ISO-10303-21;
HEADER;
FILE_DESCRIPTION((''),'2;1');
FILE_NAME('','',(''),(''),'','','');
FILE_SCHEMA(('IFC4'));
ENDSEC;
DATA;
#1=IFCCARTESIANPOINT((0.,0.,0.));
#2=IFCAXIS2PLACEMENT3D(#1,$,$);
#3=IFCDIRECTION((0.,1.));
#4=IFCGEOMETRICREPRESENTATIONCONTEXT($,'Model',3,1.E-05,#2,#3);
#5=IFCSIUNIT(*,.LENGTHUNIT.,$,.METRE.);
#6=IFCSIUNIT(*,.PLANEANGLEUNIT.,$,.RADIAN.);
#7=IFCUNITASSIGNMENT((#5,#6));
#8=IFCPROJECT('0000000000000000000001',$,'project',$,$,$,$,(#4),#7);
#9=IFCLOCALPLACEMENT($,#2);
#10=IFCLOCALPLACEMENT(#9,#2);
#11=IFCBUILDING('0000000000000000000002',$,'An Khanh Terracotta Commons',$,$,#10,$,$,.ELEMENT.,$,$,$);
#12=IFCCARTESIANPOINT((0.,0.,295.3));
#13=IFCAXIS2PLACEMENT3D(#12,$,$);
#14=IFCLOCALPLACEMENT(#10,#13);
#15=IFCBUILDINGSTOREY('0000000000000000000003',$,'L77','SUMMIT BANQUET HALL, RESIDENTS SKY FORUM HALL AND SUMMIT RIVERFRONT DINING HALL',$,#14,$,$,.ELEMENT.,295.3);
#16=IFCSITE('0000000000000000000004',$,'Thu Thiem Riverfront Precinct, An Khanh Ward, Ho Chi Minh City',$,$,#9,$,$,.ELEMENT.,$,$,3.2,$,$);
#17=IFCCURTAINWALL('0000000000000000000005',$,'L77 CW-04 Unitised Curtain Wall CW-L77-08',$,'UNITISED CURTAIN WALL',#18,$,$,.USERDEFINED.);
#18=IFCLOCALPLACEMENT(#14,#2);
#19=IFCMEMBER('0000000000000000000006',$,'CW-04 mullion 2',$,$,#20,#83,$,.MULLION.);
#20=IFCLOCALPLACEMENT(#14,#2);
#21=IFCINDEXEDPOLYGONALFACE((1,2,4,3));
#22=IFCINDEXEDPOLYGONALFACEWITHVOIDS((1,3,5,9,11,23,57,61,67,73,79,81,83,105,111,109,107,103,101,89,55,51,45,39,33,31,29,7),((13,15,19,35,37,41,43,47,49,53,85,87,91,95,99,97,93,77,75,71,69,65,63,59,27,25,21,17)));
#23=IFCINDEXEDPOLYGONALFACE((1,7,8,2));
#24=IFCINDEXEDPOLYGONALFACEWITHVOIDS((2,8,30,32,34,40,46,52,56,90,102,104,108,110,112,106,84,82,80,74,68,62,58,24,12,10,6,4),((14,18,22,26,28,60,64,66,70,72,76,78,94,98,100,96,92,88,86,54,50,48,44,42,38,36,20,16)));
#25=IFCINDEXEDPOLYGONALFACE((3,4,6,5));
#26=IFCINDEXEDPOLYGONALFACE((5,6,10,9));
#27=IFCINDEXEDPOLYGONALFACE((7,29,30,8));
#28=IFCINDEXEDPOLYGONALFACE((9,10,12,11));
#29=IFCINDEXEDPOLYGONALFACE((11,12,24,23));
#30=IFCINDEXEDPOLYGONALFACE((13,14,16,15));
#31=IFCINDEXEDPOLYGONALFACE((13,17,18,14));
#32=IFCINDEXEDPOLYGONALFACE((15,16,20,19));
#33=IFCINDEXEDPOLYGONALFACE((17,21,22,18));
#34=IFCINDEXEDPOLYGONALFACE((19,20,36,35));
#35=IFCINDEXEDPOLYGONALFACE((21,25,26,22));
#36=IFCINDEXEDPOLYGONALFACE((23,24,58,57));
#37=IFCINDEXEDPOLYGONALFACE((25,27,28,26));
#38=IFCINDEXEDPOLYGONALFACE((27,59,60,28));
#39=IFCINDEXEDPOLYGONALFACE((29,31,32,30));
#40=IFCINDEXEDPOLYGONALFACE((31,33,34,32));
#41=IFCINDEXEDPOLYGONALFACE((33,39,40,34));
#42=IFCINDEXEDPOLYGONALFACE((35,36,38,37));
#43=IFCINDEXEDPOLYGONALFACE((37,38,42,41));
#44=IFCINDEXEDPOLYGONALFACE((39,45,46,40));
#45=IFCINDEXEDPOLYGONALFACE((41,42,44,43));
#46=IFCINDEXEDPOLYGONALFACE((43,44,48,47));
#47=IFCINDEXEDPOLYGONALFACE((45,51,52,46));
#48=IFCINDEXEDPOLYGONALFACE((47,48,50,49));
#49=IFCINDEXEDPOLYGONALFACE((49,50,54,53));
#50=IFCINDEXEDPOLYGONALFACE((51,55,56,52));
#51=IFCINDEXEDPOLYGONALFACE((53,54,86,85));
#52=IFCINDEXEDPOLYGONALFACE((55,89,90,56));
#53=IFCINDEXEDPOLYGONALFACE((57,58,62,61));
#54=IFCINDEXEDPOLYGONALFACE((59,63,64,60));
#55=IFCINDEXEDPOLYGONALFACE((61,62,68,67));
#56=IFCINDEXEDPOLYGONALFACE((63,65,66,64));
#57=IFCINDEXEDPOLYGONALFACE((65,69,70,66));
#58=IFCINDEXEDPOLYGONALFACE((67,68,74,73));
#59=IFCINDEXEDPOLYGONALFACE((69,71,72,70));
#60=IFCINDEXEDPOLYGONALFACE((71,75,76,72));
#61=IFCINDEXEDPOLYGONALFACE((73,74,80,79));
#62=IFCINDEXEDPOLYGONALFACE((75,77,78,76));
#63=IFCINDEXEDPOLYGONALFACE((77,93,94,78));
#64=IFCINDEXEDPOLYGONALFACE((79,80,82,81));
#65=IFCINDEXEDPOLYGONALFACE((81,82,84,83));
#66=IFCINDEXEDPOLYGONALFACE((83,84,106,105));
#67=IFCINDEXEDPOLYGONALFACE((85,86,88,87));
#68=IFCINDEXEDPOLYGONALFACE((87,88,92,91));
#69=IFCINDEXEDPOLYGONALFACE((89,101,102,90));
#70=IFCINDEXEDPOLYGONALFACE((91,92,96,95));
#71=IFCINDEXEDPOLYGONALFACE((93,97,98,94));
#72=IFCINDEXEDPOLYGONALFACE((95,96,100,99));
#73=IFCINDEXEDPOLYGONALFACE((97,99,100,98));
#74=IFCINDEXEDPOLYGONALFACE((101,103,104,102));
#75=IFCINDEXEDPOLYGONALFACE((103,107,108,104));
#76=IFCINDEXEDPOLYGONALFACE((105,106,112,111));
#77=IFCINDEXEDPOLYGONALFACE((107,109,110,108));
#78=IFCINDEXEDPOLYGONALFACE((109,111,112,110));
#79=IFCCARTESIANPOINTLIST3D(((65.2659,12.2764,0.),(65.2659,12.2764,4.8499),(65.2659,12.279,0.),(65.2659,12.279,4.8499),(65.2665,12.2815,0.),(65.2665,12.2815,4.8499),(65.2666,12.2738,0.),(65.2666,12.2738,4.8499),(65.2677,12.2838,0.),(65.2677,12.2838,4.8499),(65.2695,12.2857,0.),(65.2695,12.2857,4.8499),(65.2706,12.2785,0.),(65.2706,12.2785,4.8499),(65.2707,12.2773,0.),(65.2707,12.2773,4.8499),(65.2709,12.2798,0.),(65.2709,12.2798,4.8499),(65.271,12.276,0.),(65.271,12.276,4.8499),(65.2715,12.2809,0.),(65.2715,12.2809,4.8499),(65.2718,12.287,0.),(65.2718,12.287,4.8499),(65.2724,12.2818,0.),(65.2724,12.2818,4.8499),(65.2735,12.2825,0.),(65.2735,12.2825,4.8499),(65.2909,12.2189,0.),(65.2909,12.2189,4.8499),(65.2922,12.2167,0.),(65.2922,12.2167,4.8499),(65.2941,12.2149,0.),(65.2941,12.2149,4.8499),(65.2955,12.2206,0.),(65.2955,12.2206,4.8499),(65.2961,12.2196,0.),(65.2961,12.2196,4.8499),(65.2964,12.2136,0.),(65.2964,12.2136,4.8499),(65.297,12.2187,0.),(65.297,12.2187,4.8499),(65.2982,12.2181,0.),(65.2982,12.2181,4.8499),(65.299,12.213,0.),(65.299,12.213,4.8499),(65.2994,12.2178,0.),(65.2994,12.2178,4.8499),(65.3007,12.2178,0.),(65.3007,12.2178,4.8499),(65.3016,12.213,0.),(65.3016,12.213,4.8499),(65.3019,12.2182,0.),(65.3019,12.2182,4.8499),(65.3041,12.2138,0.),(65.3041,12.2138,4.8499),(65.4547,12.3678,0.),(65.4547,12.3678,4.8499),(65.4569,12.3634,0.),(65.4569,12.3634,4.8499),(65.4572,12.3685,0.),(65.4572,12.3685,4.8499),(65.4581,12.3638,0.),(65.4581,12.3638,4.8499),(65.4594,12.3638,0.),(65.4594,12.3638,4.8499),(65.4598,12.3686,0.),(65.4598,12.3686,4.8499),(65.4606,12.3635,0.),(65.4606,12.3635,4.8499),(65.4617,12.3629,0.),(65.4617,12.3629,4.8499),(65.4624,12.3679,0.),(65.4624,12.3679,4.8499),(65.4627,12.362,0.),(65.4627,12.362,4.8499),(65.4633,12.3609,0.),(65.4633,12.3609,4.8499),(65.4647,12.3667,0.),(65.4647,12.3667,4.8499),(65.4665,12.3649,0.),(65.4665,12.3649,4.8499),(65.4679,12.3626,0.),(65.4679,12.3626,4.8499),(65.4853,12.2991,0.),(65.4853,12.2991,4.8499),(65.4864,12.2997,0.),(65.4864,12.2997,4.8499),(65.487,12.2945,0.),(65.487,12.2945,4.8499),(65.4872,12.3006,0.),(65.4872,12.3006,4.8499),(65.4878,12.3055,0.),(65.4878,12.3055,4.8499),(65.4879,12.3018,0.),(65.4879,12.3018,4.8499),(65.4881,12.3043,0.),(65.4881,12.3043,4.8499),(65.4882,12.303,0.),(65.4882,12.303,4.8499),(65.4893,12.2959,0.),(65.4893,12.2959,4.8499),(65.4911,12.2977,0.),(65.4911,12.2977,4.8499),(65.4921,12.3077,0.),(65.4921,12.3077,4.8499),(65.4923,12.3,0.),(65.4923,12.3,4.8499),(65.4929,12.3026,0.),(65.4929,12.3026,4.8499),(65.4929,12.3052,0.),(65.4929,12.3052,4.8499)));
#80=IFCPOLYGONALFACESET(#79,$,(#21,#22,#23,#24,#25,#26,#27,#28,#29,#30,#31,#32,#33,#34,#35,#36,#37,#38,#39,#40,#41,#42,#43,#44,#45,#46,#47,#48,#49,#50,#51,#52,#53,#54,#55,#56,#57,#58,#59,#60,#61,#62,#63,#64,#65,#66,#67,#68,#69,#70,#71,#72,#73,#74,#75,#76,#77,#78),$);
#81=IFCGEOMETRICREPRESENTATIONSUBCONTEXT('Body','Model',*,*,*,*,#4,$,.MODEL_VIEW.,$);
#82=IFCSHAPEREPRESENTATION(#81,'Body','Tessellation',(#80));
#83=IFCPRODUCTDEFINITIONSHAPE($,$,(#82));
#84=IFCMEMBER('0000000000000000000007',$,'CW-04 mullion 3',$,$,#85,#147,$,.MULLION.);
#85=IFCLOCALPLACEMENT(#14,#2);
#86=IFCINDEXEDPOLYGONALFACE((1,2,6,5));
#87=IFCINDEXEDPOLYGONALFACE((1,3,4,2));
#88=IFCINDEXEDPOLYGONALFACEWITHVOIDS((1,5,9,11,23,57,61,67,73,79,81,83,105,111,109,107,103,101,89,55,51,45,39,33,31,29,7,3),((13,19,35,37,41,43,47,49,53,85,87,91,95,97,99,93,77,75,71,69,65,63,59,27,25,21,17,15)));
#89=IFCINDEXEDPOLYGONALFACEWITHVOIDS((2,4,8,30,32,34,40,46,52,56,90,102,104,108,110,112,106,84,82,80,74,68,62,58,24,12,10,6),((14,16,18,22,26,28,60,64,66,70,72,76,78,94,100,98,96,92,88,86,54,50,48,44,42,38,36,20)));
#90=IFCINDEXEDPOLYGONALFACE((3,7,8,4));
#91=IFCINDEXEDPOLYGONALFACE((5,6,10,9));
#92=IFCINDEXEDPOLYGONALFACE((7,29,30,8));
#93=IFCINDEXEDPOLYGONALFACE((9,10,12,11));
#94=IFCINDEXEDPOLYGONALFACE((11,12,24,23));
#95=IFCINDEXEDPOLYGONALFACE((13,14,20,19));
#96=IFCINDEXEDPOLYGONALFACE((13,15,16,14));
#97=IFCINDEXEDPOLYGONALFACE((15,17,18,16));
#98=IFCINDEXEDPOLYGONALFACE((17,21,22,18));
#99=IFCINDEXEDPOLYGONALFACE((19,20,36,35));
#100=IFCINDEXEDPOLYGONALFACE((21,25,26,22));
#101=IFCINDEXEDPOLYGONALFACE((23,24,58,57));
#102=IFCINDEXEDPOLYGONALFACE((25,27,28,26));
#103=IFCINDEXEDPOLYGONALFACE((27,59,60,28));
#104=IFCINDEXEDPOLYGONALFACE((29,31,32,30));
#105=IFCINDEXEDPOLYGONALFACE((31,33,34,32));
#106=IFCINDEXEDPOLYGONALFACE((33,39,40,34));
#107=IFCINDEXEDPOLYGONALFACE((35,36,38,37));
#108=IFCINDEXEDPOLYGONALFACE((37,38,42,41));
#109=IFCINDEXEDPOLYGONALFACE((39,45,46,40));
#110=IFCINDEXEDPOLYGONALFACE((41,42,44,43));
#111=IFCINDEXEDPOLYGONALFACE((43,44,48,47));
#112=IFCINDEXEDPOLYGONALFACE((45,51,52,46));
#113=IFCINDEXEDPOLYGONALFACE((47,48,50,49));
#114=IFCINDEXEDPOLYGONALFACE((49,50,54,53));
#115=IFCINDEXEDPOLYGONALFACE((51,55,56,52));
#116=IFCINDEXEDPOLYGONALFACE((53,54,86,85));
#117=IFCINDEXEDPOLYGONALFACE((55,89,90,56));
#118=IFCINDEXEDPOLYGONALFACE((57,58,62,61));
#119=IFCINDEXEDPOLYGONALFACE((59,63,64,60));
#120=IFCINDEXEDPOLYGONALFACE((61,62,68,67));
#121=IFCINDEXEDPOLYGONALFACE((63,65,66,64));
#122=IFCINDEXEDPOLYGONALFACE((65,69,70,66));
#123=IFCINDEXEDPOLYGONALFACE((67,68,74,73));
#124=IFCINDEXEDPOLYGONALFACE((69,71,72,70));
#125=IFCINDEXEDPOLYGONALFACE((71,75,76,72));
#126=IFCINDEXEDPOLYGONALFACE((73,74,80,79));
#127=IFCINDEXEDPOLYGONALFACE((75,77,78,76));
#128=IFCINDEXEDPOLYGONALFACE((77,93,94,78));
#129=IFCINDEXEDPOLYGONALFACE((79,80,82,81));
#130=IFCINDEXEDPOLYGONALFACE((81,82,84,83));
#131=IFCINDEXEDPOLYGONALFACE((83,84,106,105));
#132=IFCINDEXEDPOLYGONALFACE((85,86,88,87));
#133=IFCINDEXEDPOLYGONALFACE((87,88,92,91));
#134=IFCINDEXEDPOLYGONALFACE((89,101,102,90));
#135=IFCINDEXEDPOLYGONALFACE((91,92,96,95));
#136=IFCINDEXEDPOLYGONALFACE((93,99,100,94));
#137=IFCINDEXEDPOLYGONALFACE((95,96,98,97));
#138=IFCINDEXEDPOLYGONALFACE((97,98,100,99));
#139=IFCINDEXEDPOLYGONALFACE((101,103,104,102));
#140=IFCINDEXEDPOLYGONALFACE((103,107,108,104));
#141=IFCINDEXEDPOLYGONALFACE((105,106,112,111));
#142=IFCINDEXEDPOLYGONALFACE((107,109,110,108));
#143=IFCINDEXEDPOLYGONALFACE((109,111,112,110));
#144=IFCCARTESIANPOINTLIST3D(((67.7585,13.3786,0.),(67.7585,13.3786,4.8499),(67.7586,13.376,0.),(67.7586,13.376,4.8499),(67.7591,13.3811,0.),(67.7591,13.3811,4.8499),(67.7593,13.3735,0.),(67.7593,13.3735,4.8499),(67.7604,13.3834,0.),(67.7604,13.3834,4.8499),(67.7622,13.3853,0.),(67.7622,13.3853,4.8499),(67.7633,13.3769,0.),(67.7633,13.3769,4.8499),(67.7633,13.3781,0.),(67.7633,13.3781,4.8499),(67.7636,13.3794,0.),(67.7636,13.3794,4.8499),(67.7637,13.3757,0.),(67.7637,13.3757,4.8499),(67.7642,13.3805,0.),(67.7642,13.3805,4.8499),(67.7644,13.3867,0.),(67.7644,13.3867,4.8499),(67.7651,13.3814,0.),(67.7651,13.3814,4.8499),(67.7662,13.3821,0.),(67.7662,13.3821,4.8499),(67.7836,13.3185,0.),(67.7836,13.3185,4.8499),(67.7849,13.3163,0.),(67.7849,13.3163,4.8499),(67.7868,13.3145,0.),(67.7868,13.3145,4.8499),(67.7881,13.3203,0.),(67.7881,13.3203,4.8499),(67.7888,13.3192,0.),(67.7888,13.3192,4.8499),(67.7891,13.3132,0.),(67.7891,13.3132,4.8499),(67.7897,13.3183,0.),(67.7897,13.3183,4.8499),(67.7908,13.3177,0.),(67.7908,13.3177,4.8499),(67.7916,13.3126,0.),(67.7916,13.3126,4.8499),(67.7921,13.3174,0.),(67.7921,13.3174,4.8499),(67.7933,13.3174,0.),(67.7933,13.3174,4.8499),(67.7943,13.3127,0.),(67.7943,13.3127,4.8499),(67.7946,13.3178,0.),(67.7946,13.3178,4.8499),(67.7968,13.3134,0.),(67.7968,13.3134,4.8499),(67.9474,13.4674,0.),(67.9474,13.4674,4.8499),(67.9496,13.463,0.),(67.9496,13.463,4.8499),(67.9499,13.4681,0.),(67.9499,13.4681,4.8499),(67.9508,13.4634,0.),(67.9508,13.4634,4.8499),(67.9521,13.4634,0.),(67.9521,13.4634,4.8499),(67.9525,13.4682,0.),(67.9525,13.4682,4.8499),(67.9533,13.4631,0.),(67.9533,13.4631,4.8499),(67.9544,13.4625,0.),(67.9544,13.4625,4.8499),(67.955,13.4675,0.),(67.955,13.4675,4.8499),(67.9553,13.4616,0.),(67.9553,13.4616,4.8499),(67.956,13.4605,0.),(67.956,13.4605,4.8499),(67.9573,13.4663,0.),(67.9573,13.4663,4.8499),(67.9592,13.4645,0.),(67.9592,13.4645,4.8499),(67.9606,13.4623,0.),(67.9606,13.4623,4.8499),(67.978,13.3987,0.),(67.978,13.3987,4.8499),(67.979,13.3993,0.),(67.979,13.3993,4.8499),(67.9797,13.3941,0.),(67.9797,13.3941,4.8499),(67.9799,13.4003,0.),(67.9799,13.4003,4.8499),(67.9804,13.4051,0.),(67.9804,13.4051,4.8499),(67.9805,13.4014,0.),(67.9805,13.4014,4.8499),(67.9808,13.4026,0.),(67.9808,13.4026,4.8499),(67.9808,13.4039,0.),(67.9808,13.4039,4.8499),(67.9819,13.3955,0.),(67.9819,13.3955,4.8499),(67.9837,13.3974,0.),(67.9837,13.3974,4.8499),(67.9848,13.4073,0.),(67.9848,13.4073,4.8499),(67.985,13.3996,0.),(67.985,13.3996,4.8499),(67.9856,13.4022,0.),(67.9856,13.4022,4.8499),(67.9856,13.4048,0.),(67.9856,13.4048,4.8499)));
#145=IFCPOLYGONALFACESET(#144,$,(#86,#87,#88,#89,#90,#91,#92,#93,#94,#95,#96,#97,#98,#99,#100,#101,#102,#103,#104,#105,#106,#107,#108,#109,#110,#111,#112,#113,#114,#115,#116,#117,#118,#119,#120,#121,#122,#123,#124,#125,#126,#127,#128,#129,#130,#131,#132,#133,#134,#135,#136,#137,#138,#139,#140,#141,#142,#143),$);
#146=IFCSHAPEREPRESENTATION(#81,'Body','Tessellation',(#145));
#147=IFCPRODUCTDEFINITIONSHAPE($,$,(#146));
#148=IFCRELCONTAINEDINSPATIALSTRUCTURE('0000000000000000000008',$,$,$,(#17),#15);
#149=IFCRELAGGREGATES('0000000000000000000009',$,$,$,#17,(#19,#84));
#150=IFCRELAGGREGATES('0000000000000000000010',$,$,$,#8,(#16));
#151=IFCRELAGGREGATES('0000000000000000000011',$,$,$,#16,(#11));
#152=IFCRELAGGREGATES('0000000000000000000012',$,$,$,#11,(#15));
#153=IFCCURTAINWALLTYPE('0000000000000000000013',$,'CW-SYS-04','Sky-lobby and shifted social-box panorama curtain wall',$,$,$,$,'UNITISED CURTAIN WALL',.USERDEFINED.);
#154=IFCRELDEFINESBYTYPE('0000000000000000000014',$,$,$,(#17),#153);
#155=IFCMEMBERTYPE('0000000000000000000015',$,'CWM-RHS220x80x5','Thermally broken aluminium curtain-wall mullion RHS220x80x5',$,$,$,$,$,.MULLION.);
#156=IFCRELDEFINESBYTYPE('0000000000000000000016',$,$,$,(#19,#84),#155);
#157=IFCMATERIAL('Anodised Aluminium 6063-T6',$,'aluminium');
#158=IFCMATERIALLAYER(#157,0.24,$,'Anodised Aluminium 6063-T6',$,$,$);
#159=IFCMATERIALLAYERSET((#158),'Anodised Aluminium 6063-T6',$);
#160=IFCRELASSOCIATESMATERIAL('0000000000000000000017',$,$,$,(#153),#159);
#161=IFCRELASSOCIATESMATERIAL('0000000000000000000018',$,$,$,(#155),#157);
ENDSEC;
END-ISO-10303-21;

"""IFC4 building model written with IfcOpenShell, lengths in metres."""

from ifc_helpers import new_model, si_unit, direction, frame, origin, origin_2d, place, context, subcontext, project, spatial, hollow_rectangle, extrude, material, layer, layer_set, material_profile, profile_set, type_object, element, aggregate, save


model = new_model("IFC4")

# Units and contexts
model_context = context("Model", 3, precision=1e-05, world=origin(), true_north=direction((0.0, 1.0)))
body_context = subcontext(model_context, "Body", "Model", "MODEL_VIEW")
ifc_project = project(units=[si_unit("LENGTHUNIT", "METRE"), si_unit("PLANEANGLEUNIT", "RADIAN")], contexts=[model_context])

# Site, building, storey
site_placement = place(None, origin())
site = spatial("IfcSite", under=ifc_project, at=site_placement, Name="Thu Thiem Riverfront Precinct, An Khanh Ward, Ho Chi Minh City", CompositionType="ELEMENT", RefElevation=3.2)
building_placement = place(site_placement, origin())
building = spatial("IfcBuilding", under=site, at=building_placement, Name="An Khanh Terracotta Commons", CompositionType="ELEMENT")
storey_placement = place(building_placement, frame((0.0, 0.0, 295.3)))
storey = spatial("IfcBuildingStorey", under=building, at=storey_placement, Name="L77", Description="SUMMIT BANQUET HALL, RESIDENTS SKY FORUM HALL AND SUMMIT RIVERFRONT DINING HALL", CompositionType="ELEMENT", Elevation=295.3)

# Curtain wall, members
ifc_material_1 = material(Name="Anodised Aluminium 6063-T6", Category="aluminium")
ifc_layer_1 = layer(ifc_material_1, 0.24, Name="Anodised Aluminium 6063-T6")
ifc_layer_set_1 = layer_set([ifc_layer_1], Name="Anodised Aluminium 6063-T6")
curtain_wall_type = type_object("IfcCurtainWallType", Name="CW-SYS-04", Description="Sky-lobby and shifted social-box panorama curtain wall", ElementType="UNITISED CURTAIN WALL", PredefinedType="USERDEFINED", material=ifc_layer_set_1)
curtain_wall_1_placement = place(storey_placement, origin())
curtain_wall_1 = element("IfcCurtainWall", 1, at=curtain_wall_1_placement, inside=storey, type_object=curtain_wall_type, Name="L77 CW-04 Unitised Curtain Wall CW-L77-08", ObjectType="UNITISED CURTAIN WALL", PredefinedType="USERDEFINED")
ifc_material_profile_1 = material_profile(ifc_material_1, hollow_rectangle(XDim=0.0801, YDim=0.22, WallThickness=0.0049, InnerFilletRadius=0.0049, OuterFilletRadius=0.01, at=origin_2d()), Name="RHS220x80x5")
ifc_profile_set_1 = profile_set([ifc_material_profile_1], Name="Anodised Aluminium 6063-T6")
member_type_1 = type_object("IfcMemberType", Name="CWM-RHS220x80x5", Description="Thermally broken aluminium curtain-wall mullion RHS220x80x5", PredefinedType="MULLION", material=ifc_profile_set_1)
member_1_placement = place(storey_placement, frame((65.3794, 12.2908, 0.0), z_axis=(0.0, 0.0, 1.0), x_axis=(-0.403676, 0.914902, 0.0)))
member_1 = element("IfcMember", 2, at=member_1_placement, type_object=member_type_1, Name="CW-04 mullion 2", PredefinedType="MULLION", context=body_context, shape_type="SweptSolid", body=[
    extrude(hollow_rectangle(XDim=0.0801, YDim=0.22, WallThickness=0.0049, InnerFilletRadius=0.0049, OuterFilletRadius=0.01, at=origin_2d()), origin(), (0.0, 0.0, 1.0), 4.8499),
])
member_2_placement = place(storey_placement, frame((67.8721, 13.3904, 0.0), z_axis=(0.0, 0.0, 1.0), x_axis=(-0.403676, 0.914902, 0.0)))
member_2 = element("IfcMember", 3, at=member_2_placement, type_object=member_type_1, Name="CW-04 mullion 3", PredefinedType="MULLION", context=body_context, shape_type="SweptSolid", body=[
    extrude(hollow_rectangle(XDim=0.0801, YDim=0.22, WallThickness=0.0049, InnerFilletRadius=0.0049, OuterFilletRadius=0.01, at=origin_2d()), origin(), (0.0, 0.0, 1.0), 4.8499),
])

aggregate(curtain_wall_1, [member_1, member_2])

save(model, "model.ifc")
